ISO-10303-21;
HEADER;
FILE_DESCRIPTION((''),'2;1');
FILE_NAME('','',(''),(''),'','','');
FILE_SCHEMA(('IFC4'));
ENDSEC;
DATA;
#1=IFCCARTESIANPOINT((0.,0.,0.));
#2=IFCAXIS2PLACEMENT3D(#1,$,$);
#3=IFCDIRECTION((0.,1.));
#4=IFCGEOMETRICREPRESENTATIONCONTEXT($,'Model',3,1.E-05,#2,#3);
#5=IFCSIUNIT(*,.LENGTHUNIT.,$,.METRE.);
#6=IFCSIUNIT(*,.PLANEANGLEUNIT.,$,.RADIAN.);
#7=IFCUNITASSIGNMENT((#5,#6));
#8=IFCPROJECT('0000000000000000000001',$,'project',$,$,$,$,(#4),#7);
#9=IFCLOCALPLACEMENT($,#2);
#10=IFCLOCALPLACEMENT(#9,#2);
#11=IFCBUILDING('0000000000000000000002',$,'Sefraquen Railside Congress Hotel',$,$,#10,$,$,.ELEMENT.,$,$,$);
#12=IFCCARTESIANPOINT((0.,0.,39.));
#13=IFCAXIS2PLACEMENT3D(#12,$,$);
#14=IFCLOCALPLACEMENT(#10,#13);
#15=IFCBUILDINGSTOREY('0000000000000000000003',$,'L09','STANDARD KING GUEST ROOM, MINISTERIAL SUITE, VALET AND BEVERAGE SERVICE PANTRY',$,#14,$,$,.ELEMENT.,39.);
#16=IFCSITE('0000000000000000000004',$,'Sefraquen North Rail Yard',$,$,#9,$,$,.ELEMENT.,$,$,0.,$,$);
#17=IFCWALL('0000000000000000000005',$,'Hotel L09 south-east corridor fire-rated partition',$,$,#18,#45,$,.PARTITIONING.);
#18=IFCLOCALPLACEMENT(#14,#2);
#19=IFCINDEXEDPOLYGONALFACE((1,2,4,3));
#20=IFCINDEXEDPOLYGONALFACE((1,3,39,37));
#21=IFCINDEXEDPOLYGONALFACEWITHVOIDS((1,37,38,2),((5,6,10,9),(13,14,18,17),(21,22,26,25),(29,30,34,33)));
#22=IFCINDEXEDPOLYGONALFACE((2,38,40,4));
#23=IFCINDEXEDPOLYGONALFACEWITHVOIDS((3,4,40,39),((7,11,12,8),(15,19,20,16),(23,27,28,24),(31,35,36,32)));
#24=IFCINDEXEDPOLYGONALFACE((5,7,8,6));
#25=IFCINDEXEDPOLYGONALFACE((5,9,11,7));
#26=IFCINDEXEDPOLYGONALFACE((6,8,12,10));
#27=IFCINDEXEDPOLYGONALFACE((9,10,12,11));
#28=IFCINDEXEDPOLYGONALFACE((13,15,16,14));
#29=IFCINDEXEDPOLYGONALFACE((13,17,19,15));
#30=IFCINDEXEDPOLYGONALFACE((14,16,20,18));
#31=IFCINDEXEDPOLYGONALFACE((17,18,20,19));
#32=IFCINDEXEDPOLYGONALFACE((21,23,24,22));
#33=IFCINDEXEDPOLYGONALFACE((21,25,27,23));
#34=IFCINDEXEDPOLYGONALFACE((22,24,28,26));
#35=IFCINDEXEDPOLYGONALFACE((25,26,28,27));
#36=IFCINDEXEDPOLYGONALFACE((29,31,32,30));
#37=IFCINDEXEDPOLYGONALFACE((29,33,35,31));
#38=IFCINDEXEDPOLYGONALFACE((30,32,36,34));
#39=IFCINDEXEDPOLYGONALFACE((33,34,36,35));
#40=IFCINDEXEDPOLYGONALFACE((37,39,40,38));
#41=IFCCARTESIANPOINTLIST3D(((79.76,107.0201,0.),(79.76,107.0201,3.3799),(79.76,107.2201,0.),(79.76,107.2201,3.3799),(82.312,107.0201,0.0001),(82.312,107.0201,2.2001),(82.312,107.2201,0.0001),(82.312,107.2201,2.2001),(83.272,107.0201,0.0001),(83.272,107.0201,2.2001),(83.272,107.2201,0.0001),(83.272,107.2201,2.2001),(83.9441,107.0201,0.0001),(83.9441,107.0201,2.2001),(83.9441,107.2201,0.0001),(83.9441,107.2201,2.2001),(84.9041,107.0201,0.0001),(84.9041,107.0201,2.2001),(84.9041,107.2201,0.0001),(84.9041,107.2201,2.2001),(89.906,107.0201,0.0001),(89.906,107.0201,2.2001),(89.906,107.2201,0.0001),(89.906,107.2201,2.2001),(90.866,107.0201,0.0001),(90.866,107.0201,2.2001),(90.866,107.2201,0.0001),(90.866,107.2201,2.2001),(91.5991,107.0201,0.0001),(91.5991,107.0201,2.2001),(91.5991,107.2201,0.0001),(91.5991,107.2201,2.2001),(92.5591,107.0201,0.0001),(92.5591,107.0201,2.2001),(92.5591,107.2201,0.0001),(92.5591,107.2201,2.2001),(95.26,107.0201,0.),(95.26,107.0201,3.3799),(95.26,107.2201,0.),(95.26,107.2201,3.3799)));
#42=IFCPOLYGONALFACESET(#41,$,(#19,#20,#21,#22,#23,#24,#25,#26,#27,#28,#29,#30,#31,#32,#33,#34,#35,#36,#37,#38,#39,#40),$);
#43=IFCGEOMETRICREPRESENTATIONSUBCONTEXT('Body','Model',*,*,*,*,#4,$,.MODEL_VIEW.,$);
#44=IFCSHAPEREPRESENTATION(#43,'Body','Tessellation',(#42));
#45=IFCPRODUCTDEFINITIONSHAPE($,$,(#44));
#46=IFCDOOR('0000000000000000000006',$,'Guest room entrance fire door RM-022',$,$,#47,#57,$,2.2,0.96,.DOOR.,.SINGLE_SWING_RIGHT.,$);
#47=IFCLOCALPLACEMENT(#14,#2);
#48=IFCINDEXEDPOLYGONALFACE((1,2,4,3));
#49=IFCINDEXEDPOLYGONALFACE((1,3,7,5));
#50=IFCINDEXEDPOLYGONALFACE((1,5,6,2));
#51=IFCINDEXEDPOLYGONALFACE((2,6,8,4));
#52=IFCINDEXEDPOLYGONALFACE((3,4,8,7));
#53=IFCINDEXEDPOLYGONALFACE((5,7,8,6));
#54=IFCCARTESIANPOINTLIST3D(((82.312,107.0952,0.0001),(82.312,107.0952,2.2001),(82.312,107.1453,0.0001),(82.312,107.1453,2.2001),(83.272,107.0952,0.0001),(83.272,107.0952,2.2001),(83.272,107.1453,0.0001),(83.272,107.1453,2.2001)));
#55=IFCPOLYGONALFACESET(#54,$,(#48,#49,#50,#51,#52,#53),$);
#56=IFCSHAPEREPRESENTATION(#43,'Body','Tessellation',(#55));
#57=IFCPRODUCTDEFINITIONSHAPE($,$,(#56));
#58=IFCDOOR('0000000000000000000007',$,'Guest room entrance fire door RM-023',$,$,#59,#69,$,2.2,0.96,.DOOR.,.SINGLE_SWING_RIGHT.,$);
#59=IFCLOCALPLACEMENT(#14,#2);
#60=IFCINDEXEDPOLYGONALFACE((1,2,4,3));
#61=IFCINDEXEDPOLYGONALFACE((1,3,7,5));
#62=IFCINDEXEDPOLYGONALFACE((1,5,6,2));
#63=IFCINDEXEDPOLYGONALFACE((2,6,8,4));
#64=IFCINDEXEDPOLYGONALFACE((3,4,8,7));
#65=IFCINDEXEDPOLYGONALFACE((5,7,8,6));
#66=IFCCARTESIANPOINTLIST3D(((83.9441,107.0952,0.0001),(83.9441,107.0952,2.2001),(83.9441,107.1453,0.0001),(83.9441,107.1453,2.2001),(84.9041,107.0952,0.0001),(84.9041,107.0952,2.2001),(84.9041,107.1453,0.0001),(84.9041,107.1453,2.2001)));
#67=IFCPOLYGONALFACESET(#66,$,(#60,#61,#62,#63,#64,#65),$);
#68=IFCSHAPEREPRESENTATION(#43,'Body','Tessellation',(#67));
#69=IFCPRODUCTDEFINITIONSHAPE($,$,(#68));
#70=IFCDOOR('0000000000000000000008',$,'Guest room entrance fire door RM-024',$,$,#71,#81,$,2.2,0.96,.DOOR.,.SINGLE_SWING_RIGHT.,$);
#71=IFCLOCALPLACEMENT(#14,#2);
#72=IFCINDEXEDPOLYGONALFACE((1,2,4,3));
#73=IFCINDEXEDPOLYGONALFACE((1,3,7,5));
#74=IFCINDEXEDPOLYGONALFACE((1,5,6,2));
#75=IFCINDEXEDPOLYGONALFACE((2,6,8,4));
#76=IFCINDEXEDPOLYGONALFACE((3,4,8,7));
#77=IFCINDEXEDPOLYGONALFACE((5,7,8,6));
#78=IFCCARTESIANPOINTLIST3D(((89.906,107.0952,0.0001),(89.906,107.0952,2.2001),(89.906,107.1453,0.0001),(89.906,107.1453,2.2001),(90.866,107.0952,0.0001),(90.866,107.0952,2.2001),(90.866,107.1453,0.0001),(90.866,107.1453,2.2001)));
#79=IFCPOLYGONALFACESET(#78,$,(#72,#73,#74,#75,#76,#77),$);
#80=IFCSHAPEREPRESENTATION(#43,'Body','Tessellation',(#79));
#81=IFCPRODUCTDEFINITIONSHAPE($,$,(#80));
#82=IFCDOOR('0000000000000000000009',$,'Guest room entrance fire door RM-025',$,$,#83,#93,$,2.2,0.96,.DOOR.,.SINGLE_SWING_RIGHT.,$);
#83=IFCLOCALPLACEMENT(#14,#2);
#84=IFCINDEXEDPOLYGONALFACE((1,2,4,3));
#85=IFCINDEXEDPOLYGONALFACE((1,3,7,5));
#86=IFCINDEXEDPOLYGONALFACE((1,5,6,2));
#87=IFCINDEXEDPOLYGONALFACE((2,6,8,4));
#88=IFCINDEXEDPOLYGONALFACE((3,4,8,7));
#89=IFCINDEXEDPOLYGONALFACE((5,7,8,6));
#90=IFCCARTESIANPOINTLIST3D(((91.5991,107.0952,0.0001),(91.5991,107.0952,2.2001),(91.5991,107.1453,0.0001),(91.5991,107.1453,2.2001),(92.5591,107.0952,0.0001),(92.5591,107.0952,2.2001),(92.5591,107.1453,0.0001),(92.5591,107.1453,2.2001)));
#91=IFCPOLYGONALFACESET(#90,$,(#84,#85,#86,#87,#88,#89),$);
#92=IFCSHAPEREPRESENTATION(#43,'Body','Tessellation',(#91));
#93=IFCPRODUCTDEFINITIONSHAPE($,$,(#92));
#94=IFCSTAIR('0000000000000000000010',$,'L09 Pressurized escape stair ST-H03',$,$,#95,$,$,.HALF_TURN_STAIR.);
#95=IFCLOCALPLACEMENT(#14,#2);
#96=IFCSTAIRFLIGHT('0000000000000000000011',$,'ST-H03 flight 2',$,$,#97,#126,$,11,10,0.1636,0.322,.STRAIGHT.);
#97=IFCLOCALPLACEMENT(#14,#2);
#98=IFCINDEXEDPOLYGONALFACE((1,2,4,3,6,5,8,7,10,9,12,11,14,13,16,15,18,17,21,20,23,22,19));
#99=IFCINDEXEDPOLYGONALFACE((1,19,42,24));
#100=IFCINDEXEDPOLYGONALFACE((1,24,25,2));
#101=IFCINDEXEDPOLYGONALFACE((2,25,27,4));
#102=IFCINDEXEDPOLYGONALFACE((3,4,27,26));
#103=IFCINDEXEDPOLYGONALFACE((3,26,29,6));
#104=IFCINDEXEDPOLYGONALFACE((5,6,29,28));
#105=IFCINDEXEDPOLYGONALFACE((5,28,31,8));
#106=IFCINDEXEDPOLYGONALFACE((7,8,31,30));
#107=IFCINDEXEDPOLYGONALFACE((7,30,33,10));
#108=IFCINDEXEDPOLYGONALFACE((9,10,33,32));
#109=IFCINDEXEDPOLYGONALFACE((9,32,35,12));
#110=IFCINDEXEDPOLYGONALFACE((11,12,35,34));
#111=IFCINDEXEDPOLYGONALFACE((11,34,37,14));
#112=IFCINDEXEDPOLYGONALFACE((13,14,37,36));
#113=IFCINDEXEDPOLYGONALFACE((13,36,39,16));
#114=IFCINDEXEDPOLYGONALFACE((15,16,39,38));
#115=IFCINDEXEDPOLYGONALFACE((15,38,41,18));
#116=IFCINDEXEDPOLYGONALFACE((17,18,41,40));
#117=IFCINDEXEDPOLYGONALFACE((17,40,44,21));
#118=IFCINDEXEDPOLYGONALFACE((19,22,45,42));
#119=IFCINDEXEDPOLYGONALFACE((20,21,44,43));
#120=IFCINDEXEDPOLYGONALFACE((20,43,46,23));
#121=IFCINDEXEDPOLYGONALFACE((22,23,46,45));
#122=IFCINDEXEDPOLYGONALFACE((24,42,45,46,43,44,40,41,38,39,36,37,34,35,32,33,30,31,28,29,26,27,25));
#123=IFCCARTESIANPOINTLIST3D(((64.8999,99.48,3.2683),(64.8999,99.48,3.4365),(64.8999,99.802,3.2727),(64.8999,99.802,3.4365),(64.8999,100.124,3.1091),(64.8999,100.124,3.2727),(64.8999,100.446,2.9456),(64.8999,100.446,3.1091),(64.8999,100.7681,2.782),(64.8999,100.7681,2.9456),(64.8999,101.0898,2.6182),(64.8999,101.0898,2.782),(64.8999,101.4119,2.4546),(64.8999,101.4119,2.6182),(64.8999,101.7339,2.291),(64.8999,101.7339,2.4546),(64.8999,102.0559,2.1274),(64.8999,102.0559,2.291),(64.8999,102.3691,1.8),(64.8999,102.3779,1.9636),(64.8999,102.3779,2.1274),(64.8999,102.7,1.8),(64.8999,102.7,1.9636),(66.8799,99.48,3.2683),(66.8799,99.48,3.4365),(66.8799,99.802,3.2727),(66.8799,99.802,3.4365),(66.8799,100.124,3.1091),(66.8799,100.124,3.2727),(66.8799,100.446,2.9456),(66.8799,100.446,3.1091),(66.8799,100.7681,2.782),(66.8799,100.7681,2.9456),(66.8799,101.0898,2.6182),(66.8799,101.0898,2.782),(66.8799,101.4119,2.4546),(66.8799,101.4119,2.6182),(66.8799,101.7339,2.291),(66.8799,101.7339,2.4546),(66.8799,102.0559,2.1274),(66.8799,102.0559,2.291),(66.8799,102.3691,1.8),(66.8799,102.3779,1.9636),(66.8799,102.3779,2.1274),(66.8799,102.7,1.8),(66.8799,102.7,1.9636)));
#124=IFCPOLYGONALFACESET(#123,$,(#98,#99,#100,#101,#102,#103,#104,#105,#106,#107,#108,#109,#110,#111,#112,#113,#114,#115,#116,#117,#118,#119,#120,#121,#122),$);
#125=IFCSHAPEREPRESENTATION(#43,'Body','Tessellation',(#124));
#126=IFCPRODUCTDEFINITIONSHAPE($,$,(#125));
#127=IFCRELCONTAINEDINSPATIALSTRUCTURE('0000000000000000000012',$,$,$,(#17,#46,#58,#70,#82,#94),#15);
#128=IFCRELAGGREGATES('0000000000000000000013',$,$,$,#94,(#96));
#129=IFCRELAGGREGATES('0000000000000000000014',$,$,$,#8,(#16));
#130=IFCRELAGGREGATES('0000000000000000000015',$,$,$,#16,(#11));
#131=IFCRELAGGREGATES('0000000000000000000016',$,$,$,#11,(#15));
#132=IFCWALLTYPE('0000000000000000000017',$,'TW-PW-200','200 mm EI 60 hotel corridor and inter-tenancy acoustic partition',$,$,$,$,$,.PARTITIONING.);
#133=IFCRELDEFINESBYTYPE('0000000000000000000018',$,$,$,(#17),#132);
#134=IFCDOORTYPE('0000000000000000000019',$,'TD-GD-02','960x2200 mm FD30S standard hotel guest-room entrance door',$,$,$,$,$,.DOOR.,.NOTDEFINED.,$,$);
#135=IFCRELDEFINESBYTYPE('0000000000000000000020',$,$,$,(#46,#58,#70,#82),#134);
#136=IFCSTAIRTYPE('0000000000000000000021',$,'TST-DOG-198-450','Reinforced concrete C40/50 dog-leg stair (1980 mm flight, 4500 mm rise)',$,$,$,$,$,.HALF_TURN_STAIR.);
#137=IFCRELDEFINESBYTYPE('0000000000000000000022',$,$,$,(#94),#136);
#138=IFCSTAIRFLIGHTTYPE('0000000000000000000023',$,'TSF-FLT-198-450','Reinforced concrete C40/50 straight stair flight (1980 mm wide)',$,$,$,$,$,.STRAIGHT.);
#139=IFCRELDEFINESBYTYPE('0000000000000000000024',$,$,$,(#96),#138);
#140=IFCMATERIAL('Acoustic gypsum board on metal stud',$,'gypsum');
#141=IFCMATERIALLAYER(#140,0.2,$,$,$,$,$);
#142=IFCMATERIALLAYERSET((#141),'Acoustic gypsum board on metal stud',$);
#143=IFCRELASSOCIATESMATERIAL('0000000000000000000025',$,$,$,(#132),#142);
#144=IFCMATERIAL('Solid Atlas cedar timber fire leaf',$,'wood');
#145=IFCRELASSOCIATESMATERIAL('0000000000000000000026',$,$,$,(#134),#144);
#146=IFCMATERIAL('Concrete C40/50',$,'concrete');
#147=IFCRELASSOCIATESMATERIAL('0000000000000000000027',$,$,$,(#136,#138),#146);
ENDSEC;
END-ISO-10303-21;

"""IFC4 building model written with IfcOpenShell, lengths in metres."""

from ifc_helpers import new_model, si_unit, direction, frame, frame_2d, origin, place, context, subcontext, project, spatial, polyline, rectangle, outline, extrude, material, layer, layer_set, type_object, element, fill, aggregate, save


model = new_model("IFC4")

# Units and contexts
model_context = context("Model", 3, precision=1e-05, world=origin(), true_north=direction((0.0, 1.0)))
body_context = subcontext(model_context, "Body", "Model", "MODEL_VIEW")
ifc_project = project(units=[si_unit("LENGTHUNIT", "METRE"), si_unit("PLANEANGLEUNIT", "RADIAN")], contexts=[model_context])

# Site, building, storey
site_placement = place(None, origin())
site = spatial("IfcSite", under=ifc_project, at=site_placement, Name="Sefraquen North Rail Yard", CompositionType="ELEMENT", RefElevation=0.0)
building_placement = place(site_placement, origin())
building = spatial("IfcBuilding", under=site, at=building_placement, Name="Sefraquen Railside Congress Hotel", CompositionType="ELEMENT")
storey_placement = place(building_placement, frame((0.0, 0.0, 39.0)))
storey = spatial("IfcBuildingStorey", under=building, at=storey_placement, Name="L09", Description="STANDARD KING GUEST ROOM, MINISTERIAL SUITE, VALET AND BEVERAGE SERVICE PANTRY", CompositionType="ELEMENT", Elevation=39.0)

# Shared definitions
ifc_material_1 = material(Name="Concrete C40/50", Category="concrete")

# Shared definitions
ifc_material_2 = material(Name="Acoustic gypsum board on metal stud", Category="gypsum")

# Wall, openings, doors
ifc_layer_1 = layer(ifc_material_2, 0.2)
ifc_layer_set_1 = layer_set([ifc_layer_1], Name="Acoustic gypsum board on metal stud")
wall_type_1 = type_object("IfcWallType", Name="TW-PW-200", Description="200 mm EI 60 hotel corridor and inter-tenancy acoustic partition", PredefinedType="PARTITIONING", material=ifc_layer_set_1)
wall_1_placement = place(storey_placement, frame((79.76, 107.1201, 0.0), z_axis=(0.0, 0.0, 1.0), x_axis=(1.0, 0.0, 0.0)))
wall_1 = element("IfcWall", 1, at=wall_1_placement, inside=storey, type_object=wall_type_1, Name="Hotel L09 south-east corridor fire-rated partition", PredefinedType="PARTITIONING", context=body_context, shape_type="SweptSolid", body=[
    extrude(rectangle(XDim=15.5, YDim=0.2, at=frame_2d((7.75, 0.0))), origin(), (0.0, 0.0, 1.0), 3.3799),
])
opening_1_placement = place(wall_1_placement, frame((2.552, 0.0, 0.0)))
opening_1 = element("IfcOpeningElement", 2, at=opening_1_placement, cuts=wall_1, PredefinedType="OPENING", context=body_context, shape_type="SweptSolid", body=[
    extrude(rectangle(XDim=0.96, YDim=2.2, at=frame_2d((0.48, 1.1001))), frame((0.0, 0.1099, 0.0), z_axis=(0.0, -1.0, 0.0), x_axis=(1.0, 0.0, 0.0)), (0.0, 0.0, 1.0), 0.22),
])
opening_2_placement = place(wall_1_placement, frame((4.1841, 0.0, 0.0)))
opening_2 = element("IfcOpeningElement", 3, at=opening_2_placement, cuts=wall_1, PredefinedType="OPENING", context=body_context, shape_type="SweptSolid", body=[
    extrude(rectangle(XDim=0.96, YDim=2.2, at=frame_2d((0.48, 1.1001))), frame((0.0, 0.1099, 0.0), z_axis=(0.0, -1.0, 0.0), x_axis=(1.0, 0.0, 0.0)), (0.0, 0.0, 1.0), 0.22),
])
opening_3_placement = place(wall_1_placement, frame((10.146, 0.0, 0.0)))
opening_3 = element("IfcOpeningElement", 4, at=opening_3_placement, cuts=wall_1, PredefinedType="OPENING", context=body_context, shape_type="SweptSolid", body=[
    extrude(rectangle(XDim=0.96, YDim=2.2, at=frame_2d((0.48, 1.1001))), frame((0.0, 0.1099, 0.0), z_axis=(0.0, -1.0, 0.0), x_axis=(1.0, 0.0, 0.0)), (0.0, 0.0, 1.0), 0.22),
])
opening_4_placement = place(wall_1_placement, frame((11.8391, 0.0, 0.0)))
opening_4 = element("IfcOpeningElement", 5, at=opening_4_placement, cuts=wall_1, PredefinedType="OPENING", context=body_context, shape_type="SweptSolid", body=[
    extrude(rectangle(XDim=0.96, YDim=2.2, at=frame_2d((0.48, 1.1001))), frame((0.0, 0.1099, 0.0), z_axis=(0.0, -1.0, 0.0), x_axis=(1.0, 0.0, 0.0)), (0.0, 0.0, 1.0), 0.22),
])
ifc_material_3 = material(Name="Solid Atlas cedar timber fire leaf", Category="wood")
door_type_1 = type_object("IfcDoorType", Name="TD-GD-02", Description="960x2200 mm FD30S standard hotel guest-room entrance door", OperationType="NOTDEFINED", PredefinedType="DOOR", material=ifc_material_3)
door_1_placement = place(opening_1_placement, frame((0.96, 0.0, 0.0), z_axis=(0.0, 0.0, 1.0), x_axis=(-1.0, 0.0, 0.0)))
door_1 = element("IfcDoor", 6, at=door_1_placement, inside=storey, type_object=door_type_1, Name="Guest room entrance fire door RM-022", OperationType="SINGLE_SWING_RIGHT", OverallHeight=2.2, OverallWidth=0.96, PredefinedType="DOOR", context=body_context, shape_type="SweptSolid", body=[
    extrude(rectangle(XDim=0.96, YDim=2.2, at=frame_2d((0.48, 1.1001))), frame((0.0, 0.0249, 0.0), z_axis=(0.0, -1.0, 0.0), x_axis=(1.0, 0.0, 0.0)), (0.0, 0.0, 1.0), 0.05),
])
fill(opening_1, door_1)
door_2_placement = place(opening_2_placement, frame((0.96, 0.0, 0.0), z_axis=(0.0, 0.0, 1.0), x_axis=(-1.0, 0.0, 0.0)))
door_2 = element("IfcDoor", 7, at=door_2_placement, inside=storey, type_object=door_type_1, Name="Guest room entrance fire door RM-023", OperationType="SINGLE_SWING_RIGHT", OverallHeight=2.2, OverallWidth=0.96, PredefinedType="DOOR", context=body_context, shape_type="SweptSolid", body=[
    extrude(rectangle(XDim=0.96, YDim=2.2, at=frame_2d((0.48, 1.1001))), frame((0.0, 0.0249, 0.0), z_axis=(0.0, -1.0, 0.0), x_axis=(1.0, 0.0, 0.0)), (0.0, 0.0, 1.0), 0.05),
])
fill(opening_2, door_2)
door_3_placement = place(opening_3_placement, frame((0.96, 0.0, 0.0), z_axis=(0.0, 0.0, 1.0), x_axis=(-1.0, 0.0, 0.0)))
door_3 = element("IfcDoor", 8, at=door_3_placement, inside=storey, type_object=door_type_1, Name="Guest room entrance fire door RM-024", OperationType="SINGLE_SWING_RIGHT", OverallHeight=2.2, OverallWidth=0.96, PredefinedType="DOOR", context=body_context, shape_type="SweptSolid", body=[
    extrude(rectangle(XDim=0.96, YDim=2.2, at=frame_2d((0.48, 1.1001))), frame((0.0, 0.0249, 0.0), z_axis=(0.0, -1.0, 0.0), x_axis=(1.0, 0.0, 0.0)), (0.0, 0.0, 1.0), 0.05),
])
fill(opening_3, door_3)
door_4_placement = place(opening_4_placement, frame((0.96, 0.0, 0.0), z_axis=(0.0, 0.0, 1.0), x_axis=(-1.0, 0.0, 0.0)))
door_4 = element("IfcDoor", 9, at=door_4_placement, inside=storey, type_object=door_type_1, Name="Guest room entrance fire door RM-025", OperationType="SINGLE_SWING_RIGHT", OverallHeight=2.2, OverallWidth=0.96, PredefinedType="DOOR", context=body_context, shape_type="SweptSolid", body=[
    extrude(rectangle(XDim=0.96, YDim=2.2, at=frame_2d((0.48, 1.1001))), frame((0.0, 0.0249, 0.0), z_axis=(0.0, -1.0, 0.0), x_axis=(1.0, 0.0, 0.0)), (0.0, 0.0, 1.0), 0.05),
])
fill(opening_4, door_4)

# Stair, stair flight
stair_type = type_object("IfcStairType", Name="TST-DOG-198-450", Description="Reinforced concrete C40/50 dog-leg stair (1980 mm flight, 4500 mm rise)", PredefinedType="HALF_TURN_STAIR", material=ifc_material_1)
stair_placement = place(storey_placement, origin())
stair = element("IfcStair", 10, at=stair_placement, inside=storey, type_object=stair_type, Name="L09 Pressurized escape stair ST-H03", PredefinedType="HALF_TURN_STAIR")
stair_flight_type = type_object("IfcStairFlightType", Name="TSF-FLT-198-450", Description="Reinforced concrete C40/50 straight stair flight (1980 mm wide)", PredefinedType="STRAIGHT", material=ifc_material_1)
stair_flight_placement = place(storey_placement, frame((65.8899, 102.7, 1.8), z_axis=(0.0, 0.0, 1.0), x_axis=(0.0, -1.0, 0.0)))
stair_flight = element("IfcStairFlight", 11, at=stair_flight_placement, type_object=stair_flight_type, Name="ST-H03 flight 2", NumberOfRisers=11, NumberOfTreads=10, PredefinedType="STRAIGHT", RiserHeight=0.1636, TreadLength=0.322, context=body_context, shape_type="SweptSolid", body=[
    extrude(outline(polyline([(0.0, 0.0), (0.0, 0.1636), (0.322, 0.1636), (0.322, 0.3274), (0.644, 0.3274), (0.644, 0.491), (0.9661, 0.491), (0.9661, 0.6545), (1.2881, 0.6545), (1.2881, 0.8181), (1.6101, 0.8181), (1.6101, 0.9819), (1.9319, 0.9819), (1.9319, 1.1455), (2.2539, 1.1455), (2.2539, 1.3091), (2.5759, 1.3091), (2.5759, 1.4727), (2.8979, 1.4727), (2.8979, 1.6365), (3.22, 1.6365), (3.22, 1.8), (3.22, 1.4683), (0.3308, 0.0), (0.0, 0.0)])), frame((0.0, 0.99, 0.0), z_axis=(0.0, -1.0, 0.0), x_axis=(1.0, 0.0, 0.0)), (0.0, 0.0, 1.0), 1.98),
])
aggregate(stair, [stair_flight])

save(model, "model.ifc")
